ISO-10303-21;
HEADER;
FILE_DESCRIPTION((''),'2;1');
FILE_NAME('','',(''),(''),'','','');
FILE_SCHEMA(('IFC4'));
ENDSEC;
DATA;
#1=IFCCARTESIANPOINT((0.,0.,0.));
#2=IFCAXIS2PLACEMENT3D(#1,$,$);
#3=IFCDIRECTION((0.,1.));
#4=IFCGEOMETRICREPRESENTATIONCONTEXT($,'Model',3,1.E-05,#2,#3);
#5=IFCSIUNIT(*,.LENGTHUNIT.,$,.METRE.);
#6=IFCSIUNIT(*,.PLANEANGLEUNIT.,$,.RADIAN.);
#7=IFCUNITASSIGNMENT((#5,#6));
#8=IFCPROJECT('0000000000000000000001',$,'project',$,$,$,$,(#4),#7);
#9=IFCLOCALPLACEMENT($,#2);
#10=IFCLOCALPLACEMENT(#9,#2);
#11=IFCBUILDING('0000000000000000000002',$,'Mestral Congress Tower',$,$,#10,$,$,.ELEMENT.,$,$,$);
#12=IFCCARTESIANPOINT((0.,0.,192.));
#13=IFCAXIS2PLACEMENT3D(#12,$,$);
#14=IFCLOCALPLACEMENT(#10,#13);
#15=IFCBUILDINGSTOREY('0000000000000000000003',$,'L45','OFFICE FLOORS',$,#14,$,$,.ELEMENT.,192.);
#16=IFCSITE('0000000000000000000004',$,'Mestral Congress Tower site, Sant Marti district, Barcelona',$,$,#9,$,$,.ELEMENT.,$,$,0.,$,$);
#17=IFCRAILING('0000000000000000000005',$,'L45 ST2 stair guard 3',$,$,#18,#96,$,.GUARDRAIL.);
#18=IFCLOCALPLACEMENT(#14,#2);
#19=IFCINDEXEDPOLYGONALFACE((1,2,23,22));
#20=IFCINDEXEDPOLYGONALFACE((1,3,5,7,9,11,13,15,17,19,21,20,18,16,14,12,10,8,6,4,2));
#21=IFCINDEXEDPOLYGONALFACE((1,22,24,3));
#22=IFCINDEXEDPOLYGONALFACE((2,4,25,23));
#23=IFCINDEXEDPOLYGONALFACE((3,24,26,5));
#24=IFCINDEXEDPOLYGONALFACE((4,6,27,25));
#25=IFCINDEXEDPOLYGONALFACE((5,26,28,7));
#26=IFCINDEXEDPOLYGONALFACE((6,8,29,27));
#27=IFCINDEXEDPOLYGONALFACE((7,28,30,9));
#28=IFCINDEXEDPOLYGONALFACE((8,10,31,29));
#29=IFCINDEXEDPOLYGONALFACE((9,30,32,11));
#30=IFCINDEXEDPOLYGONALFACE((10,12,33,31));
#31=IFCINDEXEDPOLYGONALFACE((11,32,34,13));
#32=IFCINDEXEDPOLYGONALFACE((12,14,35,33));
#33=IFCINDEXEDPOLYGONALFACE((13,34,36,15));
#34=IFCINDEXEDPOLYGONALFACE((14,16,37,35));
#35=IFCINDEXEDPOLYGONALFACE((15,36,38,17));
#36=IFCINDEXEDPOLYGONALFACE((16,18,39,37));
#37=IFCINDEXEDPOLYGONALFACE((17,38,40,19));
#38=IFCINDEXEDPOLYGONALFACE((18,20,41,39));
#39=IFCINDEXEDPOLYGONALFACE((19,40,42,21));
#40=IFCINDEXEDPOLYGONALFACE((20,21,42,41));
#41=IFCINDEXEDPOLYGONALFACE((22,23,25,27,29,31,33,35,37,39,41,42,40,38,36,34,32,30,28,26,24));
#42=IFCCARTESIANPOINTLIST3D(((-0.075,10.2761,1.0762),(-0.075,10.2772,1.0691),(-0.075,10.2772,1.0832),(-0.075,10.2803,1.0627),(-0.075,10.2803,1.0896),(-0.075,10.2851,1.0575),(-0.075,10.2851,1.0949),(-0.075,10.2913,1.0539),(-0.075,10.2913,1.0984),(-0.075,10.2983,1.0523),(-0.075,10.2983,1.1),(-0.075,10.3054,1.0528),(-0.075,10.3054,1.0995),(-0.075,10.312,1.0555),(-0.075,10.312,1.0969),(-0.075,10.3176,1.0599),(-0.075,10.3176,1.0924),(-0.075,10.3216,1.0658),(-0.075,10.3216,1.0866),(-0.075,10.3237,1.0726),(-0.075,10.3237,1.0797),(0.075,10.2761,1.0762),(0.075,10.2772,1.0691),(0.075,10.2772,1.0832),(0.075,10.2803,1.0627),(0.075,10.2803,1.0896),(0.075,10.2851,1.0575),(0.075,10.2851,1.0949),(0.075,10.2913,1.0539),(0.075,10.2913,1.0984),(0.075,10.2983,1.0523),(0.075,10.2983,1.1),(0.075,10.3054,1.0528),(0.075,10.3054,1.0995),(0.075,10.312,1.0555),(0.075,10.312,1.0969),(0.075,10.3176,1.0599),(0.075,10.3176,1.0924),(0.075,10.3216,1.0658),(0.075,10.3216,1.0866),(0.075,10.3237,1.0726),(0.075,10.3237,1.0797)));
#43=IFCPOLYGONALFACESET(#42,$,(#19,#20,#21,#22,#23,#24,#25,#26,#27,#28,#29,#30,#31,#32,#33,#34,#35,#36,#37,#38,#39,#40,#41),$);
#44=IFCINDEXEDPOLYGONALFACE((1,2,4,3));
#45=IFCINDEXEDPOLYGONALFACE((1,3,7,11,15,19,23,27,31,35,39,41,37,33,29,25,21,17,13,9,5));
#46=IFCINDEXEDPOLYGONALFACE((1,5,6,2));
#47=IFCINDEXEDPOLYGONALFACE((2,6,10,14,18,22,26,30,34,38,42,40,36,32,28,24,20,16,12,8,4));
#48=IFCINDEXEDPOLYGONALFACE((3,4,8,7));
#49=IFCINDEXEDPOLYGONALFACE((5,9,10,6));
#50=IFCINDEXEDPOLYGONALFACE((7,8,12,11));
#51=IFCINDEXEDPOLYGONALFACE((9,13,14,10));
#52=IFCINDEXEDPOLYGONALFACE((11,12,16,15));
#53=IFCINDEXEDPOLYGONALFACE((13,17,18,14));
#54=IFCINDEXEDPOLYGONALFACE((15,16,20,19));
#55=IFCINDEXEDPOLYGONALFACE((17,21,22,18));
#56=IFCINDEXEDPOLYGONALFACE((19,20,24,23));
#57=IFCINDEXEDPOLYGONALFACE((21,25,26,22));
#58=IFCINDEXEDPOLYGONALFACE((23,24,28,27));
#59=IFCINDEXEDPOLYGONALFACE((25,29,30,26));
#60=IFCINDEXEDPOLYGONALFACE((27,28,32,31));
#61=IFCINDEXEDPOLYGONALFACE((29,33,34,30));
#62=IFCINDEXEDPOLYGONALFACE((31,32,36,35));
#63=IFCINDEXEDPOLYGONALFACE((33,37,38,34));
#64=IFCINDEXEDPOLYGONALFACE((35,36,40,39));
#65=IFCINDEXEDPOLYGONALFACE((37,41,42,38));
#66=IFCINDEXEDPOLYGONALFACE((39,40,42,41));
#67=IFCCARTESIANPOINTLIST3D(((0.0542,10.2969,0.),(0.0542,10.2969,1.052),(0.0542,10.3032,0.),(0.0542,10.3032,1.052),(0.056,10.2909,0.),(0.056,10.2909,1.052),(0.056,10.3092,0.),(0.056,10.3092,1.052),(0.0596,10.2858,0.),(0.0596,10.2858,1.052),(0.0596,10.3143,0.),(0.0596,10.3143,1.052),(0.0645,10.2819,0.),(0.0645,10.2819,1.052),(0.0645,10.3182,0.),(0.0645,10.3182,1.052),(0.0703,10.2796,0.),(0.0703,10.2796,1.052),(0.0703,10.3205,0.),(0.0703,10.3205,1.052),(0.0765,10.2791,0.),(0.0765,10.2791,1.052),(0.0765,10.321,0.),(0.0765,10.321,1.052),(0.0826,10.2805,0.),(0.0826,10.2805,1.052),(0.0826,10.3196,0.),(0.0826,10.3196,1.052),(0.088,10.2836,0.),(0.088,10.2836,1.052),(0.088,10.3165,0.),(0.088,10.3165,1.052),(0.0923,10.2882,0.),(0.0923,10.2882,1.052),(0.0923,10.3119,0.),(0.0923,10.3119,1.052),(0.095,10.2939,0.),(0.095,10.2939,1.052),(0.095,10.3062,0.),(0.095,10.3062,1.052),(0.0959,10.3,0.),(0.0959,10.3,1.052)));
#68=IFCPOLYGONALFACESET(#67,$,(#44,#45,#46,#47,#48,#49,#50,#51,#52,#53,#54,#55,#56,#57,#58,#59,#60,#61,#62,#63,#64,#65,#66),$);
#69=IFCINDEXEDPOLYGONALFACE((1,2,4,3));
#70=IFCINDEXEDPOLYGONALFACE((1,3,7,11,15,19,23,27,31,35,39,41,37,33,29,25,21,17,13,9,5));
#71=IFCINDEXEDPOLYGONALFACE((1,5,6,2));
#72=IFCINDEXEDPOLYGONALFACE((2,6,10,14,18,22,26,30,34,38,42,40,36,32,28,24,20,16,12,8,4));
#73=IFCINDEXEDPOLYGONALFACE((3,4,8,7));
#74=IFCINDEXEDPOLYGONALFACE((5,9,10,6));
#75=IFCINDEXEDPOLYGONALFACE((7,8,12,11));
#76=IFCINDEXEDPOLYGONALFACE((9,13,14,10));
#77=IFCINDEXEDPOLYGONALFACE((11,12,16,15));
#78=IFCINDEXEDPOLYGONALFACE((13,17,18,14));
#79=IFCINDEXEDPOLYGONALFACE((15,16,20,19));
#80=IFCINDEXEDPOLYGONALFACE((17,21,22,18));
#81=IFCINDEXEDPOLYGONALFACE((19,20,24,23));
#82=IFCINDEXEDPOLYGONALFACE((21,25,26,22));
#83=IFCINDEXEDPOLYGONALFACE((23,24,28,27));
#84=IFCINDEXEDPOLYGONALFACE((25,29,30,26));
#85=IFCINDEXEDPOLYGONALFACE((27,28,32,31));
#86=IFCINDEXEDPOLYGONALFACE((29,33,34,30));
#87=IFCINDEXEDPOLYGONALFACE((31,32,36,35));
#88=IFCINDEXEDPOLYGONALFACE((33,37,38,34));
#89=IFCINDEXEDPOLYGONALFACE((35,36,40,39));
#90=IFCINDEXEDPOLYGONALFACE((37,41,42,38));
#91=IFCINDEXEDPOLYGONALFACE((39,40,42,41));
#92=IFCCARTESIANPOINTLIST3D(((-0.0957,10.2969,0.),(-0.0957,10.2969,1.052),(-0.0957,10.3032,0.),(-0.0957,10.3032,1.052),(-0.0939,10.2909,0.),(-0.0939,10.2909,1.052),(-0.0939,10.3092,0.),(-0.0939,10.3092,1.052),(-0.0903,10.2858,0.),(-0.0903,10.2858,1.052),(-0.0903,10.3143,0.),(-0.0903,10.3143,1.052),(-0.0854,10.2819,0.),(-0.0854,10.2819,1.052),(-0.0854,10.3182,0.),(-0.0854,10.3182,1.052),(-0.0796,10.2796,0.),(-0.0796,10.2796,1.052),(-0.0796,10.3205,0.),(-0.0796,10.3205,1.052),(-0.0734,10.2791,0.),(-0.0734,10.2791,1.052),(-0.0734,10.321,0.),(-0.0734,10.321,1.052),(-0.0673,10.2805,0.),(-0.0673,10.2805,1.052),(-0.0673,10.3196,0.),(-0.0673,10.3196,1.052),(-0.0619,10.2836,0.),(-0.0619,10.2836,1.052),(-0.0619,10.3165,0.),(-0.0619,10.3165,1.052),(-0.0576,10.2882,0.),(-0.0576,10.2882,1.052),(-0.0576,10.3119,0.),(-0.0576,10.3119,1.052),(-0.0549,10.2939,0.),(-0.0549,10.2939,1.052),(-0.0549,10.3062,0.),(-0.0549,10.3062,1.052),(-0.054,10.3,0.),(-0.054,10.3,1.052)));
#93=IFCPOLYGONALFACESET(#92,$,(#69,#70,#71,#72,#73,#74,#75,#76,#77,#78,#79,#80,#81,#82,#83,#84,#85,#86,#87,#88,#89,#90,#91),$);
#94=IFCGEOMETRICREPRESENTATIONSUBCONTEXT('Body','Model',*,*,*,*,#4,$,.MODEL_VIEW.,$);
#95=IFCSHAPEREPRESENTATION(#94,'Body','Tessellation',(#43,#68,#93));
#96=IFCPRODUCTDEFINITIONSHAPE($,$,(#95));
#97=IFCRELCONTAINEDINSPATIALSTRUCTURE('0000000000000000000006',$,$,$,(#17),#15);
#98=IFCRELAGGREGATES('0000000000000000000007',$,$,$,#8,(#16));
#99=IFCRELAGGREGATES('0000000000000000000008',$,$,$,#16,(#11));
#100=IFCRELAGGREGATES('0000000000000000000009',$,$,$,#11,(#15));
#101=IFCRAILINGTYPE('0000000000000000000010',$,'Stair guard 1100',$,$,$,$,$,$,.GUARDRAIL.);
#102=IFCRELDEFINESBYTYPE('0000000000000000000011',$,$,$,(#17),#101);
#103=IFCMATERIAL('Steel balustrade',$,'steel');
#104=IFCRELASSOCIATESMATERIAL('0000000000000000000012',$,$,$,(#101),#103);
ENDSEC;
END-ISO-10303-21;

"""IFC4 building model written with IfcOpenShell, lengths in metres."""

from ifc_helpers import new_model, si_unit, direction, frame, origin, origin_2d, place, context, subcontext, project, spatial, circle, extrude, material, type_object, element, save


model = new_model("IFC4")

# Units and contexts
model_context = context("Model", 3, precision=1e-05, world=origin(), true_north=direction((0.0, 1.0)))
body_context = subcontext(model_context, "Body", "Model", "MODEL_VIEW")
ifc_project = project(units=[si_unit("LENGTHUNIT", "METRE"), si_unit("PLANEANGLEUNIT", "RADIAN")], contexts=[model_context])

# Site, building, storey
site_placement = place(None, origin())
site = spatial("IfcSite", under=ifc_project, at=site_placement, Name="Mestral Congress Tower site, Sant Marti district, Barcelona", CompositionType="ELEMENT", RefElevation=0.0)
building_placement = place(site_placement, origin())
building = spatial("IfcBuilding", under=site, at=building_placement, Name="Mestral Congress Tower", CompositionType="ELEMENT")
storey_placement = place(building_placement, frame((0.0, 0.0, 192.0)))
storey = spatial("IfcBuildingStorey", under=building, at=storey_placement, Name="L45", Description="OFFICE FLOORS", CompositionType="ELEMENT", Elevation=192.0)

# Railing
ifc_material_1 = material(Name="Steel balustrade", Category="steel")
railing_type_1 = type_object("IfcRailingType", Name="Stair guard 1100", PredefinedType="GUARDRAIL", material=ifc_material_1)
railing_1_placement = place(storey_placement, frame((0.075, 10.3, 0.0)))
element("IfcRailing", 1, at=railing_1_placement, inside=storey, type_object=railing_type_1, Name="L45 ST2 stair guard 3", PredefinedType="GUARDRAIL", context=body_context, shape_type="SweptSolid", body=[
    extrude(circle(Radius=0.0239, at=origin_2d()), frame((0.0, 0.0, 1.0762), z_axis=(-1.0, 0.0, 0.0), x_axis=(0.0, -1.0, 0.0)), (0.0, 0.0, 1.0), 0.1499),
    extrude(circle(Radius=0.021, at=origin_2d()), origin(), (0.0, 0.0, 1.0), 1.052),
    extrude(circle(Radius=0.021, at=origin_2d()), frame((-0.1499, 0.0, 0.0)), (0.0, 0.0, 1.0), 1.052),
])

save(model, "model.ifc")
